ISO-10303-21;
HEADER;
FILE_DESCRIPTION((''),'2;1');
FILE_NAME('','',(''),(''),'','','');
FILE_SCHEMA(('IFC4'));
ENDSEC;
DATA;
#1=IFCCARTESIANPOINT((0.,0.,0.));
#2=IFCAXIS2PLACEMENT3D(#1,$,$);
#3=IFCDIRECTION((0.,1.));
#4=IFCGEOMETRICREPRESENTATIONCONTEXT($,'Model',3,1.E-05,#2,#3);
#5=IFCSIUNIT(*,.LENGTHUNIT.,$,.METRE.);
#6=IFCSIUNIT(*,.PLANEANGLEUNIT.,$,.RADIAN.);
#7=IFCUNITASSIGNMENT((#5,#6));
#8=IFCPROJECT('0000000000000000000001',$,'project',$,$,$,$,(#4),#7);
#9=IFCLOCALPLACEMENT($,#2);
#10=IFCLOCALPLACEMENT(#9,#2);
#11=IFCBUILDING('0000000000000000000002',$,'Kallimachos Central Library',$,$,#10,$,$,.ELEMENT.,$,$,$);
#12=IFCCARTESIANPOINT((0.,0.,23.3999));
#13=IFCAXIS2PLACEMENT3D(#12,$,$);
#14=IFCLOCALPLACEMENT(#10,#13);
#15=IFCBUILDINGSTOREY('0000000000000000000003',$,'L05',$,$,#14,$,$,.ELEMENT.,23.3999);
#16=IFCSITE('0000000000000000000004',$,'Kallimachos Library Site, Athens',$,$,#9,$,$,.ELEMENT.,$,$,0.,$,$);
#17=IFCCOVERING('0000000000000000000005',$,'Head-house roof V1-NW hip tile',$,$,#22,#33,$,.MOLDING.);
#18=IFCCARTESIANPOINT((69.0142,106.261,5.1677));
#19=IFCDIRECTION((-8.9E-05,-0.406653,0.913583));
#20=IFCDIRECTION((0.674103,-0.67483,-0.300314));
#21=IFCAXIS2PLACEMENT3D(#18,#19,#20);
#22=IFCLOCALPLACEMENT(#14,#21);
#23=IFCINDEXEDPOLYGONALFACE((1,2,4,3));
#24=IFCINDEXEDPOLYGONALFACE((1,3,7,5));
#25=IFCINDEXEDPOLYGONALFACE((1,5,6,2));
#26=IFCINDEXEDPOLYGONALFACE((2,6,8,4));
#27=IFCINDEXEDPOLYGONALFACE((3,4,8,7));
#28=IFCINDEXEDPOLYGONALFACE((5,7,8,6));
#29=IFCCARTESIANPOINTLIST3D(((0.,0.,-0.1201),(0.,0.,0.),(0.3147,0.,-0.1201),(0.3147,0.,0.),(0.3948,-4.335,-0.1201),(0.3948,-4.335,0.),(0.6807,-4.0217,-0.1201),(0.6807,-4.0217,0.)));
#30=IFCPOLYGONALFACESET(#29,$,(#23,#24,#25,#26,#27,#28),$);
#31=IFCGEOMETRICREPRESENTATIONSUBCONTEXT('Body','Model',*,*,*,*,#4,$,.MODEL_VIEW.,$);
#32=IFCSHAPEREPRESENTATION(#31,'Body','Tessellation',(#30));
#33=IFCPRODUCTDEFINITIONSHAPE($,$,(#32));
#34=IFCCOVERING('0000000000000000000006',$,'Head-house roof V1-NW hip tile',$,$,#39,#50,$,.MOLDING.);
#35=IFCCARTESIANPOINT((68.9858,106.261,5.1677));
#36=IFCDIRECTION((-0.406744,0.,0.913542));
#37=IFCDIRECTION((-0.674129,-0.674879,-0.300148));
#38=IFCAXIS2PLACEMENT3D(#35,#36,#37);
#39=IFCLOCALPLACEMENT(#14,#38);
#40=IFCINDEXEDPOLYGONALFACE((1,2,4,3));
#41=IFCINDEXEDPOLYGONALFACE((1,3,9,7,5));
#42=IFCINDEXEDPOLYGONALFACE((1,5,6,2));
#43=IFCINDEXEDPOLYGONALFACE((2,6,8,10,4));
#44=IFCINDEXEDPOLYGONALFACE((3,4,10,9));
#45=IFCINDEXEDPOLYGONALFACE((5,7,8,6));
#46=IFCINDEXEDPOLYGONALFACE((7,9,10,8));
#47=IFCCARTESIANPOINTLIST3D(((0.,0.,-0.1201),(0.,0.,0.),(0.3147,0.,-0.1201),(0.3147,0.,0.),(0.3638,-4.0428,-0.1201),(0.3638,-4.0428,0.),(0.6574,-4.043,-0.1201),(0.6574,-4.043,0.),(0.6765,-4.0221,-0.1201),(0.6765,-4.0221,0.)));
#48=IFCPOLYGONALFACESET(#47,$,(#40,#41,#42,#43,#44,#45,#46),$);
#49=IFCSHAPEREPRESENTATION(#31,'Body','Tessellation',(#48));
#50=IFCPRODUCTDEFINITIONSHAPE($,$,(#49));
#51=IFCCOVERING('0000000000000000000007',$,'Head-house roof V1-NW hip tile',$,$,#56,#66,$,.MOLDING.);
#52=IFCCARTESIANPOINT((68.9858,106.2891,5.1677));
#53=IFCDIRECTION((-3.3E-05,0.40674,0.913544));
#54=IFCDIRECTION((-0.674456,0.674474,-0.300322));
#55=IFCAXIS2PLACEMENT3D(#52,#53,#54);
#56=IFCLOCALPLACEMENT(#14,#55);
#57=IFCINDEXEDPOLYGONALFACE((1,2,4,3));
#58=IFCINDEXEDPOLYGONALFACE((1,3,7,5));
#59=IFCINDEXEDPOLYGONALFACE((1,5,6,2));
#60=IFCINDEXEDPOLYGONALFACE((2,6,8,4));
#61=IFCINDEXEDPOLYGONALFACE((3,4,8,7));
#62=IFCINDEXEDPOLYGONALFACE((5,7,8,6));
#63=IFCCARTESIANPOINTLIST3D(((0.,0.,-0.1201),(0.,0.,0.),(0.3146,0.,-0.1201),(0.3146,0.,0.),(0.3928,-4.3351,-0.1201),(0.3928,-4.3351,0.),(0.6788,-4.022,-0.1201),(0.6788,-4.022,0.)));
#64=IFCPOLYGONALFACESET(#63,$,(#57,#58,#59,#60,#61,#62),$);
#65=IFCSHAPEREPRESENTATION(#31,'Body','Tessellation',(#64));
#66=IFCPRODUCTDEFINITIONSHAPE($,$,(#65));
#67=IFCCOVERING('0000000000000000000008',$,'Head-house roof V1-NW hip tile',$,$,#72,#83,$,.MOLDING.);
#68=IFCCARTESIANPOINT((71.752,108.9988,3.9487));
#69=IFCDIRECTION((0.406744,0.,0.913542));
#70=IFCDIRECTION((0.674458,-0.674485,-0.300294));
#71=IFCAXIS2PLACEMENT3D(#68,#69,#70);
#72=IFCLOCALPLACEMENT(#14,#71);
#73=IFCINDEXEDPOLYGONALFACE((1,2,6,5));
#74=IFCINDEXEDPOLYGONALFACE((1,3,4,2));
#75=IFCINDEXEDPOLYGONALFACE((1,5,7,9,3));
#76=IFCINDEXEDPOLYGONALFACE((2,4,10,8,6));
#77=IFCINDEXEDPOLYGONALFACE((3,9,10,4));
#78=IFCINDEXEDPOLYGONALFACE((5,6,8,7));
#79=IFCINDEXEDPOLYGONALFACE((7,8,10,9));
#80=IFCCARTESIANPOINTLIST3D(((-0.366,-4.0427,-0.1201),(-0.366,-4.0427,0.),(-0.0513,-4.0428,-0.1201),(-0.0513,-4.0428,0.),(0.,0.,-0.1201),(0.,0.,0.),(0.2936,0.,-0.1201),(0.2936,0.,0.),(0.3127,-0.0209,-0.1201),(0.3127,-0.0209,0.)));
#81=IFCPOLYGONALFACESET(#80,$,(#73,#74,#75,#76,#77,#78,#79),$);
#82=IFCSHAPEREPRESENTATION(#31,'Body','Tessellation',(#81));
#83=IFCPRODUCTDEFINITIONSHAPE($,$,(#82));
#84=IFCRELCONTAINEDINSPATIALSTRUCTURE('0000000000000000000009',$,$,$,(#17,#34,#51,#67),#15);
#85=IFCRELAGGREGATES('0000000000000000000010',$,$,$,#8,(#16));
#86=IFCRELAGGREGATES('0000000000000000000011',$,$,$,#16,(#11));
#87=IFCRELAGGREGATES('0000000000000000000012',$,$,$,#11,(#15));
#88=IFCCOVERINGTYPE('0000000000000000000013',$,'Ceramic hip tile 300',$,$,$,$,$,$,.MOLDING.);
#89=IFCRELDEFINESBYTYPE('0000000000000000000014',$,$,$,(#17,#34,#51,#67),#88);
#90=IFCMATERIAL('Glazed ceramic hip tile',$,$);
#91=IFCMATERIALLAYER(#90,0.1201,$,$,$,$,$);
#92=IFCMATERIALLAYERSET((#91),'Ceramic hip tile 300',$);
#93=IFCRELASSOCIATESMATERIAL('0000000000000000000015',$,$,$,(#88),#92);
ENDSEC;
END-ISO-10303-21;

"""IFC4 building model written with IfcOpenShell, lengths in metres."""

from ifc_helpers import new_model, si_unit, direction, frame, origin, place, context, subcontext, project, spatial, polyline, outline, extrude, material, layer, layer_set, type_object, element, save


model = new_model("IFC4")

# Units and contexts
model_context = context("Model", 3, precision=1e-05, world=origin(), true_north=direction((0.0, 1.0)))
body_context = subcontext(model_context, "Body", "Model", "MODEL_VIEW")
ifc_project = project(units=[si_unit("LENGTHUNIT", "METRE"), si_unit("PLANEANGLEUNIT", "RADIAN")], contexts=[model_context])

# Site, building, storey
site_placement = place(None, origin())
site = spatial("IfcSite", under=ifc_project, at=site_placement, Name="Kallimachos Library Site, Athens", CompositionType="ELEMENT", RefElevation=0.0)
building_placement = place(site_placement, origin())
building = spatial("IfcBuilding", under=site, at=building_placement, Name="Kallimachos Central Library", CompositionType="ELEMENT")
storey_placement = place(building_placement, frame((0.0, 0.0, 23.3999)))
storey = spatial("IfcBuildingStorey", under=building, at=storey_placement, Name="L05", CompositionType="ELEMENT", Elevation=23.3999)

# Coverings
ifc_material_1 = material(Name="Glazed ceramic hip tile")
ifc_layer_1 = layer(ifc_material_1, 0.1201)
ifc_layer_set_1 = layer_set([ifc_layer_1], Name="Ceramic hip tile 300")
covering_type_1 = type_object("IfcCoveringType", Name="Ceramic hip tile 300", PredefinedType="MOLDING", material=ifc_layer_set_1)
covering_1_placement = place(storey_placement, frame((69.0142, 106.261, 5.1677), z_axis=(-0.000089, -0.406653, 0.913583), x_axis=(0.674103, -0.67483, -0.300314)))
element("IfcCovering", 1, at=covering_1_placement, inside=storey, type_object=covering_type_1, Name="Head-house roof V1-NW hip tile", PredefinedType="MOLDING", context=body_context, shape_type="SweptSolid", body=[
    extrude(outline(polyline([(0.0, 0.0), (0.3147, 0.0), (0.6807, -4.0217), (0.3948, -4.335), (0.0, 0.0)])), origin(), (0.0, 0.0, -1.0), 0.1201),
])
covering_2_placement = place(storey_placement, frame((68.9858, 106.261, 5.1677), z_axis=(-0.406744, 0.0, 0.913542), x_axis=(-0.674129, -0.674879, -0.300148)))
element("IfcCovering", 2, at=covering_2_placement, inside=storey, type_object=covering_type_1, Name="Head-house roof V1-NW hip tile", PredefinedType="MOLDING", context=body_context, shape_type="SweptSolid", body=[
    extrude(outline(polyline([(0.0, 0.0), (0.3147, 0.0), (0.6765, -4.0221), (0.6574, -4.043), (0.3638, -4.0428), (0.0, 0.0)])), origin(), (0.0, 0.0, -1.0), 0.1201),
])
covering_3_placement = place(storey_placement, frame((68.9858, 106.2891, 5.1677), z_axis=(-0.000033, 0.40674, 0.913544), x_axis=(-0.674456, 0.674474, -0.300322)))
element("IfcCovering", 3, at=covering_3_placement, inside=storey, type_object=covering_type_1, Name="Head-house roof V1-NW hip tile", PredefinedType="MOLDING", context=body_context, shape_type="SweptSolid", body=[
    extrude(outline(polyline([(0.0, 0.0), (0.3146, 0.0), (0.6788, -4.022), (0.3928, -4.3351), (0.0, 0.0)])), origin(), (0.0, 0.0, -1.0), 0.1201),
])
covering_4_placement = place(storey_placement, frame((71.752, 108.9988, 3.9487), z_axis=(0.406744, 0.0, 0.913542), x_axis=(0.674458, -0.674485, -0.300294)))
element("IfcCovering", 4, at=covering_4_placement, inside=storey, type_object=covering_type_1, Name="Head-house roof V1-NW hip tile", PredefinedType="MOLDING", context=body_context, shape_type="SweptSolid", body=[
    extrude(outline(polyline([(0.0, 0.0), (0.2936, 0.0), (0.3127, -0.0209), (-0.0513, -4.0428), (-0.366, -4.0427), (0.0, 0.0)])), origin(), (0.0, 0.0, -1.0), 0.1201),
])

save(model, "model.ifc")
